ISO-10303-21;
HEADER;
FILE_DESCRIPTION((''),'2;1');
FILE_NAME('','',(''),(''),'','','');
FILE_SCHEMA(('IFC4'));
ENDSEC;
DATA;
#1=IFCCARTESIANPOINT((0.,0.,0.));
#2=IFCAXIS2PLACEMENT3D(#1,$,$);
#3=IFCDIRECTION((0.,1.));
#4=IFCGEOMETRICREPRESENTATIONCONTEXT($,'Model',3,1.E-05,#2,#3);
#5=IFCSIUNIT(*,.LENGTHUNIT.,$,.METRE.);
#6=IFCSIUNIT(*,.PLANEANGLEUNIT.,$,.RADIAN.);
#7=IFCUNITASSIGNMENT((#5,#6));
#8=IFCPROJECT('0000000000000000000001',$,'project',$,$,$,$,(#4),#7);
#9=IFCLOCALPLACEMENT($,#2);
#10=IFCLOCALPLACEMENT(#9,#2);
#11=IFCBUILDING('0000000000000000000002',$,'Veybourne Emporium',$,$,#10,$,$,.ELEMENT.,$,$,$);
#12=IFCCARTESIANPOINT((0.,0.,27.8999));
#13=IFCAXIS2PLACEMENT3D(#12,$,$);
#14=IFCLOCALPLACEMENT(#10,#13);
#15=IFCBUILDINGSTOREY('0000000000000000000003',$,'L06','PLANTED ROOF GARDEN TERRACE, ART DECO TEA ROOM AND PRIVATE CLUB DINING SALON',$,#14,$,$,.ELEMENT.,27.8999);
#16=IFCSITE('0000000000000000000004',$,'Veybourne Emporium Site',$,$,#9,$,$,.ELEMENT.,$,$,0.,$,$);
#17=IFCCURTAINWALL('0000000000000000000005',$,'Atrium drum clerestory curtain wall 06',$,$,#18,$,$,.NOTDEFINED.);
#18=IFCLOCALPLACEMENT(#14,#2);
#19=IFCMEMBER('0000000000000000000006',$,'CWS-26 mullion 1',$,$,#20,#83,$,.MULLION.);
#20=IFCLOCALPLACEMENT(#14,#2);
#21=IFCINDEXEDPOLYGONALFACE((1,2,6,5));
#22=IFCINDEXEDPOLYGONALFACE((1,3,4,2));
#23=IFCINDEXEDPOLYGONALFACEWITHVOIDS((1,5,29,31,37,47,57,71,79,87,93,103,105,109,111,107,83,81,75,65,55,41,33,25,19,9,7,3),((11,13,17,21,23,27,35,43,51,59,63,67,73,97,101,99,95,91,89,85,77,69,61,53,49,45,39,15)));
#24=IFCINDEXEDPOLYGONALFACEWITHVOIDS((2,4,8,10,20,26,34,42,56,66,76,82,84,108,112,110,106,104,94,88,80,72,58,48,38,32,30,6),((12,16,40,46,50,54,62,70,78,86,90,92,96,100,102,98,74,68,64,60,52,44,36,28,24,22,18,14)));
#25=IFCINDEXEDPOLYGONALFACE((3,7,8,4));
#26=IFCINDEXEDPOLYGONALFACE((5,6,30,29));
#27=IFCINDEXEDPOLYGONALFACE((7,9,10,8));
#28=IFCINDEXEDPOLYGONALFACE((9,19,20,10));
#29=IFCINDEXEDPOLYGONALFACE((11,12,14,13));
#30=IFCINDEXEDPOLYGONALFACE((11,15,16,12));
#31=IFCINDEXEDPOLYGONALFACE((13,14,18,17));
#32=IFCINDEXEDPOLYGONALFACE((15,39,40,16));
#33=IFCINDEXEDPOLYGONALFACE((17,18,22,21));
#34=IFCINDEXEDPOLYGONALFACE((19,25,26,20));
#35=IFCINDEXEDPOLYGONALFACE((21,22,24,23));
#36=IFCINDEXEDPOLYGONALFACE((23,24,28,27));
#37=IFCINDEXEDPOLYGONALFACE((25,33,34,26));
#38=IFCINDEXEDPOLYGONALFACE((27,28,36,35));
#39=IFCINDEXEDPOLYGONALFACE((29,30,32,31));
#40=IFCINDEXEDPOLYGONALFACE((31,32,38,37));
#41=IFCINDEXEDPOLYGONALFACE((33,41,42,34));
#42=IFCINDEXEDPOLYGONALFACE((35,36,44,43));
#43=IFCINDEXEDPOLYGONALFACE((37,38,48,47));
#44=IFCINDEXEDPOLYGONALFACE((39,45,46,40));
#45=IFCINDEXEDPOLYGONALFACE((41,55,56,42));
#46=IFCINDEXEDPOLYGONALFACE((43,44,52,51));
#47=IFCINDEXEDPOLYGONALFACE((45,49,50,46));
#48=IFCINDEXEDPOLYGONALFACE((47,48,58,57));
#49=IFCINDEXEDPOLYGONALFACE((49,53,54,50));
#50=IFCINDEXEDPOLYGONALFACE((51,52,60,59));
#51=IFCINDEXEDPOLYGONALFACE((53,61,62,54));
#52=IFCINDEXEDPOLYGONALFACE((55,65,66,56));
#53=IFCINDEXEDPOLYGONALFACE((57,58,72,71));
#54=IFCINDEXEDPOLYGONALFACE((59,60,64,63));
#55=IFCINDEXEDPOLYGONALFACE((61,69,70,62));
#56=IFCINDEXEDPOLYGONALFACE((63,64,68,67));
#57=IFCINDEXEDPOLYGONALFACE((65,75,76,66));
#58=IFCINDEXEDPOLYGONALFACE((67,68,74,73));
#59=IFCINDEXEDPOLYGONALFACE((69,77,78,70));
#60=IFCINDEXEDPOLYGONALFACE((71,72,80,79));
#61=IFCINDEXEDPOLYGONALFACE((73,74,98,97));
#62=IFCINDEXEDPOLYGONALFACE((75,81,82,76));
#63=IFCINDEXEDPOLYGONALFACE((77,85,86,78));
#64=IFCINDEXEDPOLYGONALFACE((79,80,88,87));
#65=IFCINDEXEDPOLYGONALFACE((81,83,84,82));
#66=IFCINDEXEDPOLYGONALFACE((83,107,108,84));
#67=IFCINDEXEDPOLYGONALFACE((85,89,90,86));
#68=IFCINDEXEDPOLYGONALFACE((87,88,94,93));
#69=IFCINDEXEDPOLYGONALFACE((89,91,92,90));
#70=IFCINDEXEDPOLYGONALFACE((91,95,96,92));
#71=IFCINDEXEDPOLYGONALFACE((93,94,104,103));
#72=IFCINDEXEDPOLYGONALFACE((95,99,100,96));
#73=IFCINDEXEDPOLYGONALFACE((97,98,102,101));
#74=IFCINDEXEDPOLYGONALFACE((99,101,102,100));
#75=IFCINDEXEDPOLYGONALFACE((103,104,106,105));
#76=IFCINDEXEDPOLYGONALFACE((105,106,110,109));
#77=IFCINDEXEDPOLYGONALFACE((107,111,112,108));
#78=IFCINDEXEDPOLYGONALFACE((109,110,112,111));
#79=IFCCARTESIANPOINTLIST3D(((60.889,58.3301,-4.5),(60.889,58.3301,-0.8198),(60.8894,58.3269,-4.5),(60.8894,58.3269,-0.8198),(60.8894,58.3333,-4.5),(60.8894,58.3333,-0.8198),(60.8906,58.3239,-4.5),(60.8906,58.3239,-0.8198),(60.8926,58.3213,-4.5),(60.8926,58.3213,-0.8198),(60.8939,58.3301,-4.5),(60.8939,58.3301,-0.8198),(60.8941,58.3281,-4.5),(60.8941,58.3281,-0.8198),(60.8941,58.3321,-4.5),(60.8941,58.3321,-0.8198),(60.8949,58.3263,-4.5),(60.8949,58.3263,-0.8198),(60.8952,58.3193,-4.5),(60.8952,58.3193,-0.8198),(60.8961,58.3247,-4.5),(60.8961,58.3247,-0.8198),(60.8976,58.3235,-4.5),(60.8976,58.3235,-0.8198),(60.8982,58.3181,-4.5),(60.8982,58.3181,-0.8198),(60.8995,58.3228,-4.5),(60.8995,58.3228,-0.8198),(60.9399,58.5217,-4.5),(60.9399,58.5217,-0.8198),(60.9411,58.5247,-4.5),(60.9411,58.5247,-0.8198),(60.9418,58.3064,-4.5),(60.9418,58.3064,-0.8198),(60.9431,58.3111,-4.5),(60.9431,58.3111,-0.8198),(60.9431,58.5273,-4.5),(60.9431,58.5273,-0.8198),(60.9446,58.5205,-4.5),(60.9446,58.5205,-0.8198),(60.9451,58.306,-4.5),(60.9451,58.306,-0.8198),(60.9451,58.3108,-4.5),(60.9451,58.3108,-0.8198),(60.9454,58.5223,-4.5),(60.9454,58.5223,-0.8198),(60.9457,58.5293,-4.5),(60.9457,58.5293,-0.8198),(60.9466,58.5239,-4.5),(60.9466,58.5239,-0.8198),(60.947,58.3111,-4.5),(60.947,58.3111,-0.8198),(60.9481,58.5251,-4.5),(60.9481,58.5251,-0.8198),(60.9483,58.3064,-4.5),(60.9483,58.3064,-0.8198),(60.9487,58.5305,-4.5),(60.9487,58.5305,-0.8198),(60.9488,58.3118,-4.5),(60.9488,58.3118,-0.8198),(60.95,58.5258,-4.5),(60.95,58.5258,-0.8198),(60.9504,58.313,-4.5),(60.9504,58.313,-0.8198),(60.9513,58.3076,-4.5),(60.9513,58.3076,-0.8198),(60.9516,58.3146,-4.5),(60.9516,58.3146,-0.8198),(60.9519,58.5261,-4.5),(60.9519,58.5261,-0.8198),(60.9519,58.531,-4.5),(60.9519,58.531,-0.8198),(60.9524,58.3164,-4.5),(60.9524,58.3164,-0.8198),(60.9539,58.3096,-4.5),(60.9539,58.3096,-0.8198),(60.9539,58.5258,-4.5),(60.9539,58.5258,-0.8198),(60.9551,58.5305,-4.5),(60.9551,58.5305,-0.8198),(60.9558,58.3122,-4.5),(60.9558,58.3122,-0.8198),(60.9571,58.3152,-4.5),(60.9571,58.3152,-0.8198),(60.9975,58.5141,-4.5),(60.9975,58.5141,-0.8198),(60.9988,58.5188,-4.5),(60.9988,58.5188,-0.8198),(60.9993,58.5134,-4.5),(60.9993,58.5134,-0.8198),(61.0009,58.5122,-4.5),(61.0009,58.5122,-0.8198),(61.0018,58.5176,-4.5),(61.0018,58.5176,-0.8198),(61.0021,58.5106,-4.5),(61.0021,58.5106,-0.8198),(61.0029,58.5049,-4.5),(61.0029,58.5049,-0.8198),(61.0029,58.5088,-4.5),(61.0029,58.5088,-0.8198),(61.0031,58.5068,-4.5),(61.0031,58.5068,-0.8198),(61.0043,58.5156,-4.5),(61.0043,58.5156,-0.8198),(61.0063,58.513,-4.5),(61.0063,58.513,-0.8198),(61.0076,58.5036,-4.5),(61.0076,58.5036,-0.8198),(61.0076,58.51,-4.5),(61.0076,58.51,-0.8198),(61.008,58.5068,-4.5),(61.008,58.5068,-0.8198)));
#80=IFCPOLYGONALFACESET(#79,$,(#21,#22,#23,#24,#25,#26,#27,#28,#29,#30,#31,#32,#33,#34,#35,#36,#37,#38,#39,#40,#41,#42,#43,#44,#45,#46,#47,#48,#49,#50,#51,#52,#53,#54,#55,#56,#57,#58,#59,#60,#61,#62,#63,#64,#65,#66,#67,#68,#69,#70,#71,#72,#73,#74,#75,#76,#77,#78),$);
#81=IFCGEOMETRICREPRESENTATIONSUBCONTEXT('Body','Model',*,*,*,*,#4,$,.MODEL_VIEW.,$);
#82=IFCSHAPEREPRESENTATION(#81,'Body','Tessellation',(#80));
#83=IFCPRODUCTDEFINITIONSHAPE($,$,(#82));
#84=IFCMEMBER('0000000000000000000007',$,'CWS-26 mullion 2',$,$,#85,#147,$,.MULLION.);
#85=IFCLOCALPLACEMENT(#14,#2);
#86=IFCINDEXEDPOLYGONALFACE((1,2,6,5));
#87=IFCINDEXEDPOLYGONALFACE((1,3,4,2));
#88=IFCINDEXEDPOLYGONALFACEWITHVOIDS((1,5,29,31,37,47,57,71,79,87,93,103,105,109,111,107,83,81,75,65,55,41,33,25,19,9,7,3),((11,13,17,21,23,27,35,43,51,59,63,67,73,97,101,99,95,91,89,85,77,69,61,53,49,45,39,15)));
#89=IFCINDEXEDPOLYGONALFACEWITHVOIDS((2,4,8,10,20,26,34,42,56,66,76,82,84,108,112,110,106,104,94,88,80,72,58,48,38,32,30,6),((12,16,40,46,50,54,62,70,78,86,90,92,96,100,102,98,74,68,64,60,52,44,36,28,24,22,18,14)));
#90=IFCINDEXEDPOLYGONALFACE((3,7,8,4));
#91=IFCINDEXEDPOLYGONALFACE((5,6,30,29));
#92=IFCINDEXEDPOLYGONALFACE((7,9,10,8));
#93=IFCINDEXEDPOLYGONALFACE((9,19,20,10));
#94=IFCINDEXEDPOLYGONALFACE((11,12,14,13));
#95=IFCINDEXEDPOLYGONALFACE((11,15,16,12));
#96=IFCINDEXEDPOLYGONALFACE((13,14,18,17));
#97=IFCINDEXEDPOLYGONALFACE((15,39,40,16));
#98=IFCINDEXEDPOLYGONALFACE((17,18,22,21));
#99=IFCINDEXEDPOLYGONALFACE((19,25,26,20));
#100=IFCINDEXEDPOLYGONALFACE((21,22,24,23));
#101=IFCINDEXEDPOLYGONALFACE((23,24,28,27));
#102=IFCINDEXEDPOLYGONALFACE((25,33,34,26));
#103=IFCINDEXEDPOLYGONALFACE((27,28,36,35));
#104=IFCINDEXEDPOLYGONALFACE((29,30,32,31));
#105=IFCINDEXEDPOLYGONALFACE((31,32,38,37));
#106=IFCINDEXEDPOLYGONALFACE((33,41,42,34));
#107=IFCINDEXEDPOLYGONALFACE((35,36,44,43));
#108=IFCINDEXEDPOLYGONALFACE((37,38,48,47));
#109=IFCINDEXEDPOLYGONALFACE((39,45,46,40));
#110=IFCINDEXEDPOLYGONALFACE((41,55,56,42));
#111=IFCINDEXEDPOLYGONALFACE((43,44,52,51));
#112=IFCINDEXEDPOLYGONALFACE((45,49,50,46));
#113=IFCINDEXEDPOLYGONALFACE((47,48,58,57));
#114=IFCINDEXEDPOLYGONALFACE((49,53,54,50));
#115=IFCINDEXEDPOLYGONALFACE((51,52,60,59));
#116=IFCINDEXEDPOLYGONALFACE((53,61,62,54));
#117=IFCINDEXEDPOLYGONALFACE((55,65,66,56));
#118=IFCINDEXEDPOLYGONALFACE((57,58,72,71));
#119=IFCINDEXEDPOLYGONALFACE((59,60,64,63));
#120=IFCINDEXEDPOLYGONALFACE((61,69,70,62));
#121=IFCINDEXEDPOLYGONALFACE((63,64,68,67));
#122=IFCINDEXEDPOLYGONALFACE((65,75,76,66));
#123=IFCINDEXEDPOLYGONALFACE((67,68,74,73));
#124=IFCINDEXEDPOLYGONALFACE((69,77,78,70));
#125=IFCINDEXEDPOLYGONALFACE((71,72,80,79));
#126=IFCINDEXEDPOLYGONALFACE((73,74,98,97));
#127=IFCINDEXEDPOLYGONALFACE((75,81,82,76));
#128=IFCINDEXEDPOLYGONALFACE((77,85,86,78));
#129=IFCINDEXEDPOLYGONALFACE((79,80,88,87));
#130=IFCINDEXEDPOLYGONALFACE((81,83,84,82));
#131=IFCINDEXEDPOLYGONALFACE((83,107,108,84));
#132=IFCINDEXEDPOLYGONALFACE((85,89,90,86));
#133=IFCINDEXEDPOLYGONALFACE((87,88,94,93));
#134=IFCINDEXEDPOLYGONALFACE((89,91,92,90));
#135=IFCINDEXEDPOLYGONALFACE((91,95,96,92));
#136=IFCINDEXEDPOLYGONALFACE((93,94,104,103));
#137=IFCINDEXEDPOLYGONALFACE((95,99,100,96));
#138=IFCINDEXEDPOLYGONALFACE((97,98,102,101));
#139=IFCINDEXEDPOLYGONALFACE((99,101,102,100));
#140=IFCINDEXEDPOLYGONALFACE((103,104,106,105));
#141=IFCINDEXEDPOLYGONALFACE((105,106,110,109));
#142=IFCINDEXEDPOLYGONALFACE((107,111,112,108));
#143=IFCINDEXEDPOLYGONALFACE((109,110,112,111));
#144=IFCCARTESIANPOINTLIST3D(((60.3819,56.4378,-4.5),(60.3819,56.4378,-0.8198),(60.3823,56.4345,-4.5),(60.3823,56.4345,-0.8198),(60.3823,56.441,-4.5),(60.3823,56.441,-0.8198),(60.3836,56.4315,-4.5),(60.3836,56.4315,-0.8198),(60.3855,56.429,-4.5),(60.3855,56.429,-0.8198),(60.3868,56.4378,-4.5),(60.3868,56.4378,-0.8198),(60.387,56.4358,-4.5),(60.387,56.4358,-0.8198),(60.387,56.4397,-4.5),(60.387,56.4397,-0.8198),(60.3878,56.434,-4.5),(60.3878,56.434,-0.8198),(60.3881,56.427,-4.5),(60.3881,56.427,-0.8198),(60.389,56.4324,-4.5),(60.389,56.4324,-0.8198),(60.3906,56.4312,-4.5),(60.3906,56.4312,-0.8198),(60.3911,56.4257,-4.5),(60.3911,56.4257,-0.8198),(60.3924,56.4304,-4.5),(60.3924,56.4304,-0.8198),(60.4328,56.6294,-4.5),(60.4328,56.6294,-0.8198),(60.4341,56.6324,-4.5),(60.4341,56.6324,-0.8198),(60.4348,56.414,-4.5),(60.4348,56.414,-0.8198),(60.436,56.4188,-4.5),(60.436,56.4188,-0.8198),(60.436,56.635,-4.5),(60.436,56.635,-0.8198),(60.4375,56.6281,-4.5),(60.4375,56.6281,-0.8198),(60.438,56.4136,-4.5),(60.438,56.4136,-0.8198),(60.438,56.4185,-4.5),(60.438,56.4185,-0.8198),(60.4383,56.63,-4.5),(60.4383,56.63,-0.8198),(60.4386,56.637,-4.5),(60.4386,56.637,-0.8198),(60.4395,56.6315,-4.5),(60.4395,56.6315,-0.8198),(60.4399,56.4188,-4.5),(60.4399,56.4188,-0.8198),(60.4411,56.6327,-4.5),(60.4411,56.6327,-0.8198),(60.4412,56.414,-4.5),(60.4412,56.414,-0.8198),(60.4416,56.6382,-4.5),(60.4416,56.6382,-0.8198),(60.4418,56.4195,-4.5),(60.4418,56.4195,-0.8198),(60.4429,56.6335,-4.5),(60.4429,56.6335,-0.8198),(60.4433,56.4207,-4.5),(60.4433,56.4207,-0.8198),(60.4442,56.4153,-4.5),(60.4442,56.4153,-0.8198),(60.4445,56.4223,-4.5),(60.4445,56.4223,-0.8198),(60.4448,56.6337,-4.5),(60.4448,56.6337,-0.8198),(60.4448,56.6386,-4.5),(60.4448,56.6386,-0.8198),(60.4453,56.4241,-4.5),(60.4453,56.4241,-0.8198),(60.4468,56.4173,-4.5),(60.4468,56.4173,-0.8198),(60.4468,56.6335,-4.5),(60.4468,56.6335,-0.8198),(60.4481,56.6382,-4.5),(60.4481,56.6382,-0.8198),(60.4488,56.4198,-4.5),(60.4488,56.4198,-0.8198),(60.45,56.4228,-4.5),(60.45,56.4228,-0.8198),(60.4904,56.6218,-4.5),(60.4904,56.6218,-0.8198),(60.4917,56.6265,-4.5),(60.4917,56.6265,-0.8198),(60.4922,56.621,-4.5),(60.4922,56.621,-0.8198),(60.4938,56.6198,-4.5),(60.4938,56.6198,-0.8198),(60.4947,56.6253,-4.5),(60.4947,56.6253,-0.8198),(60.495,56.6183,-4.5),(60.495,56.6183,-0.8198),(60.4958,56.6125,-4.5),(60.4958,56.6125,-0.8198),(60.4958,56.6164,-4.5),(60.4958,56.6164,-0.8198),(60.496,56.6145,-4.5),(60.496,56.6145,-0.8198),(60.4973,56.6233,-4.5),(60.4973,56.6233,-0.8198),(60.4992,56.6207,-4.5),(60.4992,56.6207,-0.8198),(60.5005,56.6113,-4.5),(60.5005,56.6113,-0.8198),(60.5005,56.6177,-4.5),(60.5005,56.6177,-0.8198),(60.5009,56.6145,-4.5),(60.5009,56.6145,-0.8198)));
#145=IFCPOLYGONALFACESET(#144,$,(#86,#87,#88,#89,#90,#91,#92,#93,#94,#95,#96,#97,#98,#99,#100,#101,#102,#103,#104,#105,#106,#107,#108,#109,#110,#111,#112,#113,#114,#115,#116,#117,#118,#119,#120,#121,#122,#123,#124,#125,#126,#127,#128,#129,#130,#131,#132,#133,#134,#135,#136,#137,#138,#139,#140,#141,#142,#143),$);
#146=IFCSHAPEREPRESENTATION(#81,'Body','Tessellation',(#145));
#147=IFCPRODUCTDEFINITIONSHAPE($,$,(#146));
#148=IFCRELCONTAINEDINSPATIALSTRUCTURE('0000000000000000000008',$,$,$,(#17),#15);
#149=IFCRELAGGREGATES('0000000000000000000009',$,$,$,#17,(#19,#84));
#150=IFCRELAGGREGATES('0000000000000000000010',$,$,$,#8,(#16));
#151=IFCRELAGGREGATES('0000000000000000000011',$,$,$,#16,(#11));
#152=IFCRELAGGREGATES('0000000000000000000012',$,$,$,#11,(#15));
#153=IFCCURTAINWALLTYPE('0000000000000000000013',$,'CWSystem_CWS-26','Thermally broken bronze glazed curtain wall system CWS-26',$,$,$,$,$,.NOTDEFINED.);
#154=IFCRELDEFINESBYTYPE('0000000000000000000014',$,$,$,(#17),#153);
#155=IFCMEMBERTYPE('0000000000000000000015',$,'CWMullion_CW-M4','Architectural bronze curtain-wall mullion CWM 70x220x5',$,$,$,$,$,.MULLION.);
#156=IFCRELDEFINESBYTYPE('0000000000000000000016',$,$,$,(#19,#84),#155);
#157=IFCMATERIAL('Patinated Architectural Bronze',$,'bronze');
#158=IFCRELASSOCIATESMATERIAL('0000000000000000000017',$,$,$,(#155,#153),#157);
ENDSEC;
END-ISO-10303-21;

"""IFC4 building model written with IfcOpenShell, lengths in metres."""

from ifc_helpers import new_model, si_unit, direction, frame, origin, origin_2d, place, context, subcontext, project, spatial, hollow_rectangle, extrude, material, material_profile, profile_set, type_object, element, aggregate, save


model = new_model("IFC4")

# Units and contexts
model_context = context("Model", 3, precision=1e-05, world=origin(), true_north=direction((0.0, 1.0)))
body_context = subcontext(model_context, "Body", "Model", "MODEL_VIEW")
ifc_project = project(units=[si_unit("LENGTHUNIT", "METRE"), si_unit("PLANEANGLEUNIT", "RADIAN")], contexts=[model_context])

# Site, building, storey
site_placement = place(None, origin())
site = spatial("IfcSite", under=ifc_project, at=site_placement, Name="Veybourne Emporium Site", CompositionType="ELEMENT", RefElevation=0.0)
building_placement = place(site_placement, origin())
building = spatial("IfcBuilding", under=site, at=building_placement, Name="Veybourne Emporium", CompositionType="ELEMENT")
storey_placement = place(building_placement, frame((0.0, 0.0, 27.8999)))
storey = spatial("IfcBuildingStorey", under=building, at=storey_placement, Name="L06", Description="PLANTED ROOF GARDEN TERRACE, ART DECO TEA ROOM AND PRIVATE CLUB DINING SALON", CompositionType="ELEMENT", Elevation=27.8999)

# Curtain wall, members
ifc_material_1 = material(Name="Patinated Architectural Bronze", Category="bronze")
ifc_material_profile_1 = material_profile(ifc_material_1, hollow_rectangle(XDim=0.0701, YDim=0.22, WallThickness=0.0049, InnerFilletRadius=0.0076, OuterFilletRadius=0.0125, at=origin_2d()), Name="CWM 70x220x5")
ifc_profile_set_1 = profile_set([ifc_material_profile_1], Name="Patinated Architectural Bronze")
member_type_1 = type_object("IfcMemberType", Name="CWMullion_CW-M4", Description="Architectural bronze curtain-wall mullion CWM 70x220x5", PredefinedType="MULLION", material=ifc_profile_set_1)
curtain_wall_type_1 = type_object("IfcCurtainWallType", Name="CWSystem_CWS-26", Description="Thermally broken bronze glazed curtain wall system CWS-26", PredefinedType="NOTDEFINED", material=ifc_material_1)
curtain_wall_1_placement = place(storey_placement, origin())
curtain_wall_1 = element("IfcCurtainWall", 1, at=curtain_wall_1_placement, inside=storey, type_object=curtain_wall_type_1, Name="Atrium drum clerestory curtain wall 06", PredefinedType="NOTDEFINED")
member_1_placement = place(storey_placement, frame((60.9485, 58.4185, -4.5), z_axis=(0.0, 0.0, 1.0), x_axis=(0.965926, -0.25882, 0.0)))
member_1 = element("IfcMember", 2, at=member_1_placement, type_object=member_type_1, Name="CWS-26 mullion 1", PredefinedType="MULLION", context=body_context, shape_type="SweptSolid", body=[
    extrude(hollow_rectangle(XDim=0.0701, YDim=0.22, WallThickness=0.0049, InnerFilletRadius=0.0076, OuterFilletRadius=0.0125, at=origin_2d()), origin(), (0.0, 0.0, 1.0), 3.6802),
])
member_2_placement = place(storey_placement, frame((60.4414, 56.5261, -4.5), z_axis=(0.0, 0.0, 1.0), x_axis=(0.965926, -0.25882, 0.0)))
member_2 = element("IfcMember", 3, at=member_2_placement, type_object=member_type_1, Name="CWS-26 mullion 2", PredefinedType="MULLION", context=body_context, shape_type="SweptSolid", body=[
    extrude(hollow_rectangle(XDim=0.0701, YDim=0.22, WallThickness=0.0049, InnerFilletRadius=0.0076, OuterFilletRadius=0.0125, at=origin_2d()), origin(), (0.0, 0.0, 1.0), 3.6802),
])

aggregate(curtain_wall_1, [member_1, member_2])

save(model, "model.ifc")
